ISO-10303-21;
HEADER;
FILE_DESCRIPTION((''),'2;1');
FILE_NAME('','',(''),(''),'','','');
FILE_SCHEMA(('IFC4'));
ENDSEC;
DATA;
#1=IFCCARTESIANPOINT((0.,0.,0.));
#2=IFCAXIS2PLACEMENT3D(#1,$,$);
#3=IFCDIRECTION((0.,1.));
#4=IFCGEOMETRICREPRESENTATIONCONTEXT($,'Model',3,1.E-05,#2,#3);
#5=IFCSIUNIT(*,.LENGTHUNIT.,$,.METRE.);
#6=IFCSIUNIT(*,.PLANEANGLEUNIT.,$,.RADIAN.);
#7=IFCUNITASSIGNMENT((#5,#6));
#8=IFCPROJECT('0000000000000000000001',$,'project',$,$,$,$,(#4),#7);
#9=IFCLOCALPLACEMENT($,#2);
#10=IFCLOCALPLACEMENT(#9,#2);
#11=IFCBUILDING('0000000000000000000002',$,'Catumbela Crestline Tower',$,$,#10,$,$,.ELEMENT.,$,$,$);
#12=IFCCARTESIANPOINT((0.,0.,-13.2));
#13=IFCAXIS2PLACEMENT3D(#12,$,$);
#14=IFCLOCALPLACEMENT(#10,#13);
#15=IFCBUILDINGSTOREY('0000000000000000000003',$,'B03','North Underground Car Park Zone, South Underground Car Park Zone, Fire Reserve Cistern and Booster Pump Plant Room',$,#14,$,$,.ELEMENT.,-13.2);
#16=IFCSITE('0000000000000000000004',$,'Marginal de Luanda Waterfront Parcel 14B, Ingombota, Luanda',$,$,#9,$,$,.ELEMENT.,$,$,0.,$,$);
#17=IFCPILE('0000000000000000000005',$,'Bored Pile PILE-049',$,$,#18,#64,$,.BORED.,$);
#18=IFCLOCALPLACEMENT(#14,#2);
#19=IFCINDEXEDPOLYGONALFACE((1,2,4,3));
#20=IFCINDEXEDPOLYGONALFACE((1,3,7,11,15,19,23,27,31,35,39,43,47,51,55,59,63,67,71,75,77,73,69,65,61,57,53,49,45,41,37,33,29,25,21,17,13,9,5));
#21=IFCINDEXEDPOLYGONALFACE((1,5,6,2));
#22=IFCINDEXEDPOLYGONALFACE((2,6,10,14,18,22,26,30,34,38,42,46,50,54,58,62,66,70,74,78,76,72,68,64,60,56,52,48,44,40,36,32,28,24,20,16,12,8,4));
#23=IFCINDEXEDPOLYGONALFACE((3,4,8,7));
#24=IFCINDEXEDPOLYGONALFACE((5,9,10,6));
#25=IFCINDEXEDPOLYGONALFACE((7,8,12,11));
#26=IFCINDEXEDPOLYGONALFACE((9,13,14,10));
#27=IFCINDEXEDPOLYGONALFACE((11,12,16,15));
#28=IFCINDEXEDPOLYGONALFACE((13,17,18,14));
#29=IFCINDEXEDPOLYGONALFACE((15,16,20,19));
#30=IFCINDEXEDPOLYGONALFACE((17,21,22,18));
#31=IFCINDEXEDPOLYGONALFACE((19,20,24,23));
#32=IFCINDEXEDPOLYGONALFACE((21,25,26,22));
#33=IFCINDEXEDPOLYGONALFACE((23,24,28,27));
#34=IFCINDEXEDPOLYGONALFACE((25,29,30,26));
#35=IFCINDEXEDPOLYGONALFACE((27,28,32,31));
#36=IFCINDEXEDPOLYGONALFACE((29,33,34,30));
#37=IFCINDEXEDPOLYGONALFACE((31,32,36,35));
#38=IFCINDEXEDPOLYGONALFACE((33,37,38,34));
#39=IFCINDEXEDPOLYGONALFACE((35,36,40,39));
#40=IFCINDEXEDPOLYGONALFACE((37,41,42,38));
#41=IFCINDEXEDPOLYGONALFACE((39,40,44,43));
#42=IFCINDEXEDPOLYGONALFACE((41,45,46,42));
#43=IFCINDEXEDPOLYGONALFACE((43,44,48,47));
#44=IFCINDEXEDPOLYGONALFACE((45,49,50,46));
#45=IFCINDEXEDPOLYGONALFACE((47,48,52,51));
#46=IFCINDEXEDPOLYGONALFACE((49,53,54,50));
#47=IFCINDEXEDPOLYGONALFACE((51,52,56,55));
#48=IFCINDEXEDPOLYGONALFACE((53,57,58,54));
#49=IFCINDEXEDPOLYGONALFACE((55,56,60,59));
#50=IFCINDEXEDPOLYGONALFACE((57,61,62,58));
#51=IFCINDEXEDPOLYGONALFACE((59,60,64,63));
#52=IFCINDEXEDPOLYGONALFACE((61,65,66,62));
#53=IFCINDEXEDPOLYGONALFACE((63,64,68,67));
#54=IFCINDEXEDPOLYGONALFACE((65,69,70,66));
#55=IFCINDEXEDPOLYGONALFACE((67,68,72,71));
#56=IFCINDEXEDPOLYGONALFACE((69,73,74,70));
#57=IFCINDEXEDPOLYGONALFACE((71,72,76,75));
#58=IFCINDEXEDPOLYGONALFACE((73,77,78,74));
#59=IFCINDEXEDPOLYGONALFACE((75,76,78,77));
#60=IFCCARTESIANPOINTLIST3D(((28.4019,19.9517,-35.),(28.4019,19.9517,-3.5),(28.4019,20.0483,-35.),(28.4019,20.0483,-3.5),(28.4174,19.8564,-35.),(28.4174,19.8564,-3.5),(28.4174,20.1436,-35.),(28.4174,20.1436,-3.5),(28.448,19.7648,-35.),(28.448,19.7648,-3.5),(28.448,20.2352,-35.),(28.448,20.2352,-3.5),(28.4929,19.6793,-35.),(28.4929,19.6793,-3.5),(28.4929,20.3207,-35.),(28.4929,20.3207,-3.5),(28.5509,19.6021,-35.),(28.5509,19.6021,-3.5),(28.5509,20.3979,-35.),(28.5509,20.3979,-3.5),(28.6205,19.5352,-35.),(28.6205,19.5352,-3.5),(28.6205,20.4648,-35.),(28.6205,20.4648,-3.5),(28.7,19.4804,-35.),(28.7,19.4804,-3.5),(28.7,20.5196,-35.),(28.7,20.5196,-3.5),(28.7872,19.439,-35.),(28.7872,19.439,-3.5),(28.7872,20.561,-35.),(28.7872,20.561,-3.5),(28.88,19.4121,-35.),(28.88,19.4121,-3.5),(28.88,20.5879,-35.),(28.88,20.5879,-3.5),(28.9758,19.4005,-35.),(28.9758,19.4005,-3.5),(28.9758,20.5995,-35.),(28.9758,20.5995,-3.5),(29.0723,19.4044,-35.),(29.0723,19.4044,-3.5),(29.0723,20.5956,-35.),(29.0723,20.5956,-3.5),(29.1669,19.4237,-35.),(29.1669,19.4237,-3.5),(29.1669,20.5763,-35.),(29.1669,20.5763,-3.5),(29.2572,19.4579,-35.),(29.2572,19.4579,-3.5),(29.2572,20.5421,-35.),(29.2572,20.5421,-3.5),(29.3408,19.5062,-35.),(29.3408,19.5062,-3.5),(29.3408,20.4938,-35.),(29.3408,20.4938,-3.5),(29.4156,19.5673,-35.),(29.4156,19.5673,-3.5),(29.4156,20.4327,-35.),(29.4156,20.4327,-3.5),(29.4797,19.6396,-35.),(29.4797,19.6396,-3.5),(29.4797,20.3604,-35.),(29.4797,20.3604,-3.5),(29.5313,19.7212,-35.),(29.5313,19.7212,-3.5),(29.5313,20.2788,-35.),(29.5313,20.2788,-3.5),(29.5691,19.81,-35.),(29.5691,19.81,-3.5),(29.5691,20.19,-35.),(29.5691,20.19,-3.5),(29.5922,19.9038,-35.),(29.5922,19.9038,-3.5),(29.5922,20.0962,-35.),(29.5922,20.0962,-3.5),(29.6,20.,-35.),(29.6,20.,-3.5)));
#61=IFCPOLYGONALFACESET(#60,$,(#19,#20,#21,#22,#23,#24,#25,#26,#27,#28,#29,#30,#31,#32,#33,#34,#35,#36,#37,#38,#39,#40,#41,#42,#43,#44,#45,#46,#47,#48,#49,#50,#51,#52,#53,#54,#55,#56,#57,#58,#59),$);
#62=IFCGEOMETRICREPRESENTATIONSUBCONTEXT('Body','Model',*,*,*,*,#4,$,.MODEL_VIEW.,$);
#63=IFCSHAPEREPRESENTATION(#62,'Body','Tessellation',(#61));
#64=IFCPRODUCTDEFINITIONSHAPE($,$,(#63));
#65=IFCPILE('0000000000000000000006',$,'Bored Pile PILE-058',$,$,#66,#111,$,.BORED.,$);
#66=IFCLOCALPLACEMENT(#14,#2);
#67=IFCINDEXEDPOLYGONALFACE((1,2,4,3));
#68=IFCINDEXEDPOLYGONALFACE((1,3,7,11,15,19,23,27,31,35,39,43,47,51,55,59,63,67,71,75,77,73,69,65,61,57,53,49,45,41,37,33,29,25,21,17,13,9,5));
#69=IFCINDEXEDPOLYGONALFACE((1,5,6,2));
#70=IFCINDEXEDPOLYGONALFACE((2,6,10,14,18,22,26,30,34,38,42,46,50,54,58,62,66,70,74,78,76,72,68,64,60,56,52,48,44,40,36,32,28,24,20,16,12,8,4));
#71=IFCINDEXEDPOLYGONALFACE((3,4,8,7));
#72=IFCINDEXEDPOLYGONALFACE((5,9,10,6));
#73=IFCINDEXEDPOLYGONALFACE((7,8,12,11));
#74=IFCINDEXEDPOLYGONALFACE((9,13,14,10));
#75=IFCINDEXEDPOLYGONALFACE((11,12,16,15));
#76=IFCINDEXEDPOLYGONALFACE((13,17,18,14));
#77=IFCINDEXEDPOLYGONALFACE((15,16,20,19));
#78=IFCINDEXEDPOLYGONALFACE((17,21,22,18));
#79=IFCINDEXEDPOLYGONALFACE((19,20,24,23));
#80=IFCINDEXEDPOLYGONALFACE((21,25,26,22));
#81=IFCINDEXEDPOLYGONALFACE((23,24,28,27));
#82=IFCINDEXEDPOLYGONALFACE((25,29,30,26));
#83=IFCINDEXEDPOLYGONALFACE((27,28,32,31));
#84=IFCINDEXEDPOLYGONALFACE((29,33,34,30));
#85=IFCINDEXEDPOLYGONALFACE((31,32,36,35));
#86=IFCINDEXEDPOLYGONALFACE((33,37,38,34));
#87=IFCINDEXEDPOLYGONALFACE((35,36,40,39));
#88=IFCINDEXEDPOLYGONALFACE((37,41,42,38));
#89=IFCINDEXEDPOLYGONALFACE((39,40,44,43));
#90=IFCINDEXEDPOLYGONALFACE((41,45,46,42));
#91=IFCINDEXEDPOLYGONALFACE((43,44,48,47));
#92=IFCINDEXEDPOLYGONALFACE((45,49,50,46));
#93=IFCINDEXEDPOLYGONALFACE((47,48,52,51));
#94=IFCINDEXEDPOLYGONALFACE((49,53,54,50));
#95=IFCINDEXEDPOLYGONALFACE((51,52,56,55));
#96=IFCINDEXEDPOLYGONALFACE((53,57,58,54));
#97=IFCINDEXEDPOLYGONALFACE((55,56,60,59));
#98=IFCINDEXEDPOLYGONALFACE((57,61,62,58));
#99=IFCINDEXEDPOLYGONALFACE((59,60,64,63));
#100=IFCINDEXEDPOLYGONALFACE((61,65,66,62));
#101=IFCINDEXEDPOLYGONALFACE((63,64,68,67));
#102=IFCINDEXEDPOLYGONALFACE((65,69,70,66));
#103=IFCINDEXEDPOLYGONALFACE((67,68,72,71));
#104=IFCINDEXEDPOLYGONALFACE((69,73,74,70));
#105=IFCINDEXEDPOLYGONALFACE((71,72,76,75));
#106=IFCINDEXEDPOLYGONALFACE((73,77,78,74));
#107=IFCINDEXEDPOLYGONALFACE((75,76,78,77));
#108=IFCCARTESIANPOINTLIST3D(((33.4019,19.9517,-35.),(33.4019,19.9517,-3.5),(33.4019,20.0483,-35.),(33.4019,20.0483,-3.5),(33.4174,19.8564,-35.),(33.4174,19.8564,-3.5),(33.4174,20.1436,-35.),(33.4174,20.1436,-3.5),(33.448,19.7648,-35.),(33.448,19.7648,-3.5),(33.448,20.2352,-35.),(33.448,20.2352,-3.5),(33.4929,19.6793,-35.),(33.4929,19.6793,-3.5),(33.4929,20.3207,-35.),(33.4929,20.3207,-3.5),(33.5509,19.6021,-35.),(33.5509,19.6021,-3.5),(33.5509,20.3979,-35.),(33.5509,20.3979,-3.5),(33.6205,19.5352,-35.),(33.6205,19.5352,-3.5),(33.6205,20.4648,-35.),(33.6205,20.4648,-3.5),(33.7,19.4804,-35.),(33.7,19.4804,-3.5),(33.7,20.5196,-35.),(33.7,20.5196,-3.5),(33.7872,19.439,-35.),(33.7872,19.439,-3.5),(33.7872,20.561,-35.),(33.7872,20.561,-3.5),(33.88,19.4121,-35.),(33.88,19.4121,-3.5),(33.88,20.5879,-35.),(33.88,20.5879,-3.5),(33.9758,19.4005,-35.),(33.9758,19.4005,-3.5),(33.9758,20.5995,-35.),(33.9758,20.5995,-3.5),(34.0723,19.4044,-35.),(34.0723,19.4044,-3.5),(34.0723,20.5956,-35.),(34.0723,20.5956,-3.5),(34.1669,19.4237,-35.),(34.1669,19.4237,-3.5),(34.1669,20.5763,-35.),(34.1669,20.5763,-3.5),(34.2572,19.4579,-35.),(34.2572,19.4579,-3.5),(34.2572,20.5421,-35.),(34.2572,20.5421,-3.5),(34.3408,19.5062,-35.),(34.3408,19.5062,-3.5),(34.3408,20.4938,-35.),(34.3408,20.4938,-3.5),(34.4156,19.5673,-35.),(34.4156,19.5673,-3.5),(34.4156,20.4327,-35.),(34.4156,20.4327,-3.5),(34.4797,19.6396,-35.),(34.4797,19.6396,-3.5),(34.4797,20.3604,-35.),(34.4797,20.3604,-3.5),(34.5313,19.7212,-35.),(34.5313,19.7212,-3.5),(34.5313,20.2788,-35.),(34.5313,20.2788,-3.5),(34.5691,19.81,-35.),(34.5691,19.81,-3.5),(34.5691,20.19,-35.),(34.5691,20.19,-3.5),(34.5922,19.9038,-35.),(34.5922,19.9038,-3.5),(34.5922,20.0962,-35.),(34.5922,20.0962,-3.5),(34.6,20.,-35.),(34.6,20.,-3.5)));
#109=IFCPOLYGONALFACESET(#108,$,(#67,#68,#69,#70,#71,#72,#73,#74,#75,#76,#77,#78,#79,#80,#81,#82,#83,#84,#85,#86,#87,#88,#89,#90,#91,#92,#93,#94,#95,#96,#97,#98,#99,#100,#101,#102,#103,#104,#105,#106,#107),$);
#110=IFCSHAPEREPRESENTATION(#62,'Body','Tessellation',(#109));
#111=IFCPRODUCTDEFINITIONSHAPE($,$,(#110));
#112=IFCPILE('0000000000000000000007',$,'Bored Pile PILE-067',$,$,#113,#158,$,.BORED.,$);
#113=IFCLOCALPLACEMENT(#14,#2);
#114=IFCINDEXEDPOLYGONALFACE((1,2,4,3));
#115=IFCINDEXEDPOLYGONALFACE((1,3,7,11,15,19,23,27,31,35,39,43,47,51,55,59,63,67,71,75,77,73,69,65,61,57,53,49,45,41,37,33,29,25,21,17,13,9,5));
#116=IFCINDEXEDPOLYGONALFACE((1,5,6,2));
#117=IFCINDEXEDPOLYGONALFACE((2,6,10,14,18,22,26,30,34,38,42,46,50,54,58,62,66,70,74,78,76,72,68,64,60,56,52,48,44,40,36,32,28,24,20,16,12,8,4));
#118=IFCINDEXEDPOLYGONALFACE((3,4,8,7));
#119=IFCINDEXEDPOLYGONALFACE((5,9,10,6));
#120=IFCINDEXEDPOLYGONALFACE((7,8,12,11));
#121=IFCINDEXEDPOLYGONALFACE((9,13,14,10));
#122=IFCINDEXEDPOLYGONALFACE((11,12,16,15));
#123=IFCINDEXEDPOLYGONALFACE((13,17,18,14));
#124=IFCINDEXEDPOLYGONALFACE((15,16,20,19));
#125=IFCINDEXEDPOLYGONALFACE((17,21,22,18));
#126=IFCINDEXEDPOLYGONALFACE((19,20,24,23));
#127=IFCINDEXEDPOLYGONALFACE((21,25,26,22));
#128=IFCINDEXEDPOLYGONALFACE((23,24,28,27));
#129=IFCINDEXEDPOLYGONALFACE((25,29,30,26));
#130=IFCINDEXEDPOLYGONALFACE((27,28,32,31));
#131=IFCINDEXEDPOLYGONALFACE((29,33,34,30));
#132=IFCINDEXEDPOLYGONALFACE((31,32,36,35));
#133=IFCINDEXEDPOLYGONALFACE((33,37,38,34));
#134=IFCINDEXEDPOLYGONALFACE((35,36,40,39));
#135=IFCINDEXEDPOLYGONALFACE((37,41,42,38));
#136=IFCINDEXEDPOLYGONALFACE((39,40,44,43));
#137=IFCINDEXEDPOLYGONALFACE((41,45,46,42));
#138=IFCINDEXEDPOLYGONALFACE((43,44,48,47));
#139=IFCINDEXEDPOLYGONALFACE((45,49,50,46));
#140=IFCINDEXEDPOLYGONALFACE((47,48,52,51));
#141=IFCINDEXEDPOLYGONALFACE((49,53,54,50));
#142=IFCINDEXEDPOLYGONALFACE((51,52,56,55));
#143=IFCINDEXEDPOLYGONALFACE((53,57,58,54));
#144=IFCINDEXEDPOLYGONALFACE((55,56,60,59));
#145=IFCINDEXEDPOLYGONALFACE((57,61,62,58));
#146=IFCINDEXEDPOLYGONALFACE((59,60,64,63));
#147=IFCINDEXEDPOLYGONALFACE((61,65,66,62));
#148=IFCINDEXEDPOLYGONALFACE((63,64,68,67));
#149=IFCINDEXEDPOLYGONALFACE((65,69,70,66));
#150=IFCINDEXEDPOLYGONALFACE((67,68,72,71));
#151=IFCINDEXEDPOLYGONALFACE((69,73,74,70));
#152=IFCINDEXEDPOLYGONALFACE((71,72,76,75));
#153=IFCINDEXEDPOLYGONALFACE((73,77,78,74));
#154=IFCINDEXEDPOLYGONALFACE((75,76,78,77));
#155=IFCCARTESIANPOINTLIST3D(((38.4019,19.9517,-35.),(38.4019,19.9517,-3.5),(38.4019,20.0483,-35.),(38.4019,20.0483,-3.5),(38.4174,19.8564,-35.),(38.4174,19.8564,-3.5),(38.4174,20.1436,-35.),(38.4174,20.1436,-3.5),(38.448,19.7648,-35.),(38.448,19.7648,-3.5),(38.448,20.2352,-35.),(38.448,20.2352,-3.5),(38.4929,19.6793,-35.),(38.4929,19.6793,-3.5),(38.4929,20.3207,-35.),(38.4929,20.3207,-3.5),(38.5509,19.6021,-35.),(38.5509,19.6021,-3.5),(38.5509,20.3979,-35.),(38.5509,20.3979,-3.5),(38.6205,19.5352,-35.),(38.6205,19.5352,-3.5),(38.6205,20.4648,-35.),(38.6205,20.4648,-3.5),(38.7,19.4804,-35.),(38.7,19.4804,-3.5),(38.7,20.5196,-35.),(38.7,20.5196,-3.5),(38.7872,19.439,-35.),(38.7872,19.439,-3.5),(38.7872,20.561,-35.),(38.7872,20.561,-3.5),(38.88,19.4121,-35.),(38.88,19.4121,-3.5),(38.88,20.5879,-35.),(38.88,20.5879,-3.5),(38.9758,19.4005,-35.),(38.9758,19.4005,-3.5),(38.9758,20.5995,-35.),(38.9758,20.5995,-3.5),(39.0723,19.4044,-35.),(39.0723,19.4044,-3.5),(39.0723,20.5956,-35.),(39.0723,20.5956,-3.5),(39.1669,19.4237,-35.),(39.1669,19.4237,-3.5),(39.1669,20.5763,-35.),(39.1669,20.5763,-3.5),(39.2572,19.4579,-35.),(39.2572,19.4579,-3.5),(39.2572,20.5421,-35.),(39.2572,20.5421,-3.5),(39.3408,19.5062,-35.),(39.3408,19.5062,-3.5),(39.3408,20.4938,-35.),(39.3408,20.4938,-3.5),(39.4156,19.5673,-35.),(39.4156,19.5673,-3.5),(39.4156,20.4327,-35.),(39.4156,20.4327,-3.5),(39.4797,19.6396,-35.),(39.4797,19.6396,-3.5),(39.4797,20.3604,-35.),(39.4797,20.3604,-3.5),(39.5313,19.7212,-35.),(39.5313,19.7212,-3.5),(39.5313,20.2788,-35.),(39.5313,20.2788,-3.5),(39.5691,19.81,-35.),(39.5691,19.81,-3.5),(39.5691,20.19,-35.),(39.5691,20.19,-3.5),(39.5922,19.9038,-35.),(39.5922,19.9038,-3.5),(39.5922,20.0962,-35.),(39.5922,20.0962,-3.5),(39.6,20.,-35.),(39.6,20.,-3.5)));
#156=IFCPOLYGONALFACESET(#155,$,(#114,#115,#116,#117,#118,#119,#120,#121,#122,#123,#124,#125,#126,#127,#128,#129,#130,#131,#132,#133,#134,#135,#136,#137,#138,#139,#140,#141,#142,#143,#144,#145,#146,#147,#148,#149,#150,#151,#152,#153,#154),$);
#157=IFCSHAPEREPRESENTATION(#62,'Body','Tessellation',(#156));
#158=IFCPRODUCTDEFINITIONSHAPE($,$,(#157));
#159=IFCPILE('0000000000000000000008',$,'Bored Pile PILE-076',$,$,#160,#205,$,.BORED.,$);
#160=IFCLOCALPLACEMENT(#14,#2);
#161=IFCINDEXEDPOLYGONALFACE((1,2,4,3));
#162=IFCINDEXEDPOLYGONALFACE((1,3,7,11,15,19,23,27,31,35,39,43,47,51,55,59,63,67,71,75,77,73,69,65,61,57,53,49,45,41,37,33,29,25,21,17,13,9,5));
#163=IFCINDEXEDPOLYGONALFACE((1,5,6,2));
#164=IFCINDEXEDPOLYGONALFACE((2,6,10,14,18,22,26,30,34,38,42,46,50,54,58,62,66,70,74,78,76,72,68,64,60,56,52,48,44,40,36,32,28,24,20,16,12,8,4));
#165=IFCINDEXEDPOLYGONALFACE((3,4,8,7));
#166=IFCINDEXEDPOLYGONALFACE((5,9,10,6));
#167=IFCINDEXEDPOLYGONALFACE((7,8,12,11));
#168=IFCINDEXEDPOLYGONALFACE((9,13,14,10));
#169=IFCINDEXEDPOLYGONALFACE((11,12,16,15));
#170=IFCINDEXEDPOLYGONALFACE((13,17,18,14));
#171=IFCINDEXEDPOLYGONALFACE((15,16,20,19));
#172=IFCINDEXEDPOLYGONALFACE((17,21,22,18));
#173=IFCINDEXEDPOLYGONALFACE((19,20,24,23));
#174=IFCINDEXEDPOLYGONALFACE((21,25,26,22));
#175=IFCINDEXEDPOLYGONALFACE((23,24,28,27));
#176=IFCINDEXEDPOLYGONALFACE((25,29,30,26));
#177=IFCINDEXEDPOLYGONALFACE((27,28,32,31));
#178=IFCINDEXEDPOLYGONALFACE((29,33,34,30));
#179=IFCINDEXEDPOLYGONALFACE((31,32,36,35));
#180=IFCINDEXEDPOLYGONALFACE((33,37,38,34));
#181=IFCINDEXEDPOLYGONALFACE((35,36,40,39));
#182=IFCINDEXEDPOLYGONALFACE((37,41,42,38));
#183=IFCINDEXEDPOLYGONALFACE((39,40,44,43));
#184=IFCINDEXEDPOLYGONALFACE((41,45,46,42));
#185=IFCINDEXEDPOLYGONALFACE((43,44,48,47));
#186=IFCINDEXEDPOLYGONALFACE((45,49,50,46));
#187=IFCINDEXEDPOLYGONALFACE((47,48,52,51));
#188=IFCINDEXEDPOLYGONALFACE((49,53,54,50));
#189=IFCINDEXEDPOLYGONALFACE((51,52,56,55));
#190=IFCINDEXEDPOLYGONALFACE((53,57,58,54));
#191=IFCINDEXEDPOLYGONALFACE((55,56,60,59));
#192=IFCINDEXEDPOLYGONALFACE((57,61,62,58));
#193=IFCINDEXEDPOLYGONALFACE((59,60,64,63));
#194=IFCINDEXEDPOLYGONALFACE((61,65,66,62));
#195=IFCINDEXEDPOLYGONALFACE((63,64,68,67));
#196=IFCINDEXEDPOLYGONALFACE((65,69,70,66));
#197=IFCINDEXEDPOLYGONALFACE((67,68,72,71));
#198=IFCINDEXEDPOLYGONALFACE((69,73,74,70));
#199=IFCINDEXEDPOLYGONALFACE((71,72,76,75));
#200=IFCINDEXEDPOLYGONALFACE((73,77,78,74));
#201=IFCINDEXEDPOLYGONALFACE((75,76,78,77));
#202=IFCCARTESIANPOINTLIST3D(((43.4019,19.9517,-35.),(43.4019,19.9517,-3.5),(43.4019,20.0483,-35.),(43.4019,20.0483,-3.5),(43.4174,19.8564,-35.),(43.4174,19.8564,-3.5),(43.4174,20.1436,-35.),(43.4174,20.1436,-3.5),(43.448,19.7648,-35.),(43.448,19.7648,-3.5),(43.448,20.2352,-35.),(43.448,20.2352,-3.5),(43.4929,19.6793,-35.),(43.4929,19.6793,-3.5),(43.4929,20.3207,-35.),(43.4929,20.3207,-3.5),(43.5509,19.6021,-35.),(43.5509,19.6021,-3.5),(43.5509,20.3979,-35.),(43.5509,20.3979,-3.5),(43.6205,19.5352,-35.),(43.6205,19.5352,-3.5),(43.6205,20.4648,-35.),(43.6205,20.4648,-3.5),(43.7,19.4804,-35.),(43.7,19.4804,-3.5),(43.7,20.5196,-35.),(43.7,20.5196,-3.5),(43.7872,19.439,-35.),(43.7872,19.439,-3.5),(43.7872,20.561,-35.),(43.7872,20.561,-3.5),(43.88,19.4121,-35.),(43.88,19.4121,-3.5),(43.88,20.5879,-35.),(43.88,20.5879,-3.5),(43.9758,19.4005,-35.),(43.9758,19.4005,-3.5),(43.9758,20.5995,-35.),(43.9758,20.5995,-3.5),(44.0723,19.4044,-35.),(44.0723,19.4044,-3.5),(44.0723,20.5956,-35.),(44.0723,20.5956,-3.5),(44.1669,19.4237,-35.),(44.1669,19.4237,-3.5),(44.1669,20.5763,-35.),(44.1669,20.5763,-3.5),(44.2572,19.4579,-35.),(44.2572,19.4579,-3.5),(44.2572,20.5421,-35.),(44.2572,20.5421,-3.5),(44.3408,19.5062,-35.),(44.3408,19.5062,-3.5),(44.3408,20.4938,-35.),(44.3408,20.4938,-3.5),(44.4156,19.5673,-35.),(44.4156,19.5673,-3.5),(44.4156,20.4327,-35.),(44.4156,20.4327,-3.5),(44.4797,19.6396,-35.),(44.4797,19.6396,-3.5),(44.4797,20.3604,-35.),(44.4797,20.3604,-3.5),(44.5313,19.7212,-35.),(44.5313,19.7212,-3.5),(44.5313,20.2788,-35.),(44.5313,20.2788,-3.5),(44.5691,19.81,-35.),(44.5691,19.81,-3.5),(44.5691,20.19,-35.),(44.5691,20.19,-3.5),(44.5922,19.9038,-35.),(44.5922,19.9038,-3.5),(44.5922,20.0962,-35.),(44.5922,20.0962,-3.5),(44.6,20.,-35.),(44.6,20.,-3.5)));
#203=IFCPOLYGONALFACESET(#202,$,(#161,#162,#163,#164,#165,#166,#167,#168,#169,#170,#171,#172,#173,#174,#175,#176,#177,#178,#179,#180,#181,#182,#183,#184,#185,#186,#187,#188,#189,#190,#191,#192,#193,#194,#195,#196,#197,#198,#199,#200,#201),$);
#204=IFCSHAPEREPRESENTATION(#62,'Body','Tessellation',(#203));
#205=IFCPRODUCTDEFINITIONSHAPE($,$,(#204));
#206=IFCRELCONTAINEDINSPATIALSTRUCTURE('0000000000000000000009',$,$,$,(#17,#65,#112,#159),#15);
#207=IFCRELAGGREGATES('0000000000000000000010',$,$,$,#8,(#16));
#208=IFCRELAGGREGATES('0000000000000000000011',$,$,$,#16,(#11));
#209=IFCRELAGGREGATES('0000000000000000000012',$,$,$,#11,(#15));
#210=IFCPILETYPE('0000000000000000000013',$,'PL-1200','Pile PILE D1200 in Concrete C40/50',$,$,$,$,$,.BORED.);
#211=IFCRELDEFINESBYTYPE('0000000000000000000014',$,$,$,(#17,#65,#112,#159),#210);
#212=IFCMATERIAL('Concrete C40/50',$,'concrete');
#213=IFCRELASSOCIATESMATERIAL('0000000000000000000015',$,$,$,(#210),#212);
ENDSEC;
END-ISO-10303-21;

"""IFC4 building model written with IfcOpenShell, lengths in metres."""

from ifc_helpers import new_model, si_unit, direction, frame, origin, origin_2d, place, context, subcontext, project, spatial, circle, extrude, material, material_profile, profile_set, type_object, element, save


model = new_model("IFC4")

# Units and contexts
model_context = context("Model", 3, precision=1e-05, world=origin(), true_north=direction((0.0, 1.0)))
body_context = subcontext(model_context, "Body", "Model", "MODEL_VIEW")
ifc_project = project(units=[si_unit("LENGTHUNIT", "METRE"), si_unit("PLANEANGLEUNIT", "RADIAN")], contexts=[model_context])

# Site, building, storey
site_placement = place(None, origin())
site = spatial("IfcSite", under=ifc_project, at=site_placement, Name="Marginal de Luanda Waterfront Parcel 14B, Ingombota, Luanda", CompositionType="ELEMENT", RefElevation=0.0)
building_placement = place(site_placement, origin())
building = spatial("IfcBuilding", under=site, at=building_placement, Name="Catumbela Crestline Tower", CompositionType="ELEMENT")
storey_placement = place(building_placement, frame((0.0, 0.0, -13.2)))
storey = spatial("IfcBuildingStorey", under=building, at=storey_placement, Name="B03", Description="North Underground Car Park Zone, South Underground Car Park Zone, Fire Reserve Cistern and Booster Pump Plant Room", CompositionType="ELEMENT", Elevation=-13.2)

# Piles
ifc_material_1 = material(Name="Concrete C40/50", Category="concrete")
ifc_material_profile_1 = material_profile(ifc_material_1, circle(Radius=0.6, at=origin_2d()), Name="PILE D1200")
ifc_profile_set_1 = profile_set([ifc_material_profile_1], Name="Concrete C40/50")
pile_type_1 = type_object("IfcPileType", Name="PL-1200", Description="Pile PILE D1200 in Concrete C40/50", PredefinedType="BORED", material=ifc_profile_set_1)
for number, where, z_axis, x_axis, name in (
    (1, (29.0, 20.0, -3.5), (0.0, 0.0, -1.0), (1.0, 0.0, 0.0), "Bored Pile PILE-049"),
    (2, (34.0, 20.0, -3.5), (0.0, 0.0, -1.0), (1.0, 0.0, 0.0), "Bored Pile PILE-058"),
    (3, (39.0, 20.0, -3.5), (0.0, 0.0, -1.0), (1.0, 0.0, 0.0), "Bored Pile PILE-067"),
    (4, (44.0, 20.0, -3.5), (0.0, 0.0, -1.0), (1.0, 0.0, 0.0), "Bored Pile PILE-076"),
):
    element("IfcPile", number, at=place(storey_placement, frame(where, z_axis=z_axis, x_axis=x_axis)), inside=storey, type_object=pile_type_1, Name=name, PredefinedType="BORED", context=body_context, shape_type="SweptSolid", body=[
        extrude(circle(Radius=0.6, at=origin_2d()), origin(), (0.0, 0.0, 1.0), 31.5),
    ])

save(model, "model.ifc")
